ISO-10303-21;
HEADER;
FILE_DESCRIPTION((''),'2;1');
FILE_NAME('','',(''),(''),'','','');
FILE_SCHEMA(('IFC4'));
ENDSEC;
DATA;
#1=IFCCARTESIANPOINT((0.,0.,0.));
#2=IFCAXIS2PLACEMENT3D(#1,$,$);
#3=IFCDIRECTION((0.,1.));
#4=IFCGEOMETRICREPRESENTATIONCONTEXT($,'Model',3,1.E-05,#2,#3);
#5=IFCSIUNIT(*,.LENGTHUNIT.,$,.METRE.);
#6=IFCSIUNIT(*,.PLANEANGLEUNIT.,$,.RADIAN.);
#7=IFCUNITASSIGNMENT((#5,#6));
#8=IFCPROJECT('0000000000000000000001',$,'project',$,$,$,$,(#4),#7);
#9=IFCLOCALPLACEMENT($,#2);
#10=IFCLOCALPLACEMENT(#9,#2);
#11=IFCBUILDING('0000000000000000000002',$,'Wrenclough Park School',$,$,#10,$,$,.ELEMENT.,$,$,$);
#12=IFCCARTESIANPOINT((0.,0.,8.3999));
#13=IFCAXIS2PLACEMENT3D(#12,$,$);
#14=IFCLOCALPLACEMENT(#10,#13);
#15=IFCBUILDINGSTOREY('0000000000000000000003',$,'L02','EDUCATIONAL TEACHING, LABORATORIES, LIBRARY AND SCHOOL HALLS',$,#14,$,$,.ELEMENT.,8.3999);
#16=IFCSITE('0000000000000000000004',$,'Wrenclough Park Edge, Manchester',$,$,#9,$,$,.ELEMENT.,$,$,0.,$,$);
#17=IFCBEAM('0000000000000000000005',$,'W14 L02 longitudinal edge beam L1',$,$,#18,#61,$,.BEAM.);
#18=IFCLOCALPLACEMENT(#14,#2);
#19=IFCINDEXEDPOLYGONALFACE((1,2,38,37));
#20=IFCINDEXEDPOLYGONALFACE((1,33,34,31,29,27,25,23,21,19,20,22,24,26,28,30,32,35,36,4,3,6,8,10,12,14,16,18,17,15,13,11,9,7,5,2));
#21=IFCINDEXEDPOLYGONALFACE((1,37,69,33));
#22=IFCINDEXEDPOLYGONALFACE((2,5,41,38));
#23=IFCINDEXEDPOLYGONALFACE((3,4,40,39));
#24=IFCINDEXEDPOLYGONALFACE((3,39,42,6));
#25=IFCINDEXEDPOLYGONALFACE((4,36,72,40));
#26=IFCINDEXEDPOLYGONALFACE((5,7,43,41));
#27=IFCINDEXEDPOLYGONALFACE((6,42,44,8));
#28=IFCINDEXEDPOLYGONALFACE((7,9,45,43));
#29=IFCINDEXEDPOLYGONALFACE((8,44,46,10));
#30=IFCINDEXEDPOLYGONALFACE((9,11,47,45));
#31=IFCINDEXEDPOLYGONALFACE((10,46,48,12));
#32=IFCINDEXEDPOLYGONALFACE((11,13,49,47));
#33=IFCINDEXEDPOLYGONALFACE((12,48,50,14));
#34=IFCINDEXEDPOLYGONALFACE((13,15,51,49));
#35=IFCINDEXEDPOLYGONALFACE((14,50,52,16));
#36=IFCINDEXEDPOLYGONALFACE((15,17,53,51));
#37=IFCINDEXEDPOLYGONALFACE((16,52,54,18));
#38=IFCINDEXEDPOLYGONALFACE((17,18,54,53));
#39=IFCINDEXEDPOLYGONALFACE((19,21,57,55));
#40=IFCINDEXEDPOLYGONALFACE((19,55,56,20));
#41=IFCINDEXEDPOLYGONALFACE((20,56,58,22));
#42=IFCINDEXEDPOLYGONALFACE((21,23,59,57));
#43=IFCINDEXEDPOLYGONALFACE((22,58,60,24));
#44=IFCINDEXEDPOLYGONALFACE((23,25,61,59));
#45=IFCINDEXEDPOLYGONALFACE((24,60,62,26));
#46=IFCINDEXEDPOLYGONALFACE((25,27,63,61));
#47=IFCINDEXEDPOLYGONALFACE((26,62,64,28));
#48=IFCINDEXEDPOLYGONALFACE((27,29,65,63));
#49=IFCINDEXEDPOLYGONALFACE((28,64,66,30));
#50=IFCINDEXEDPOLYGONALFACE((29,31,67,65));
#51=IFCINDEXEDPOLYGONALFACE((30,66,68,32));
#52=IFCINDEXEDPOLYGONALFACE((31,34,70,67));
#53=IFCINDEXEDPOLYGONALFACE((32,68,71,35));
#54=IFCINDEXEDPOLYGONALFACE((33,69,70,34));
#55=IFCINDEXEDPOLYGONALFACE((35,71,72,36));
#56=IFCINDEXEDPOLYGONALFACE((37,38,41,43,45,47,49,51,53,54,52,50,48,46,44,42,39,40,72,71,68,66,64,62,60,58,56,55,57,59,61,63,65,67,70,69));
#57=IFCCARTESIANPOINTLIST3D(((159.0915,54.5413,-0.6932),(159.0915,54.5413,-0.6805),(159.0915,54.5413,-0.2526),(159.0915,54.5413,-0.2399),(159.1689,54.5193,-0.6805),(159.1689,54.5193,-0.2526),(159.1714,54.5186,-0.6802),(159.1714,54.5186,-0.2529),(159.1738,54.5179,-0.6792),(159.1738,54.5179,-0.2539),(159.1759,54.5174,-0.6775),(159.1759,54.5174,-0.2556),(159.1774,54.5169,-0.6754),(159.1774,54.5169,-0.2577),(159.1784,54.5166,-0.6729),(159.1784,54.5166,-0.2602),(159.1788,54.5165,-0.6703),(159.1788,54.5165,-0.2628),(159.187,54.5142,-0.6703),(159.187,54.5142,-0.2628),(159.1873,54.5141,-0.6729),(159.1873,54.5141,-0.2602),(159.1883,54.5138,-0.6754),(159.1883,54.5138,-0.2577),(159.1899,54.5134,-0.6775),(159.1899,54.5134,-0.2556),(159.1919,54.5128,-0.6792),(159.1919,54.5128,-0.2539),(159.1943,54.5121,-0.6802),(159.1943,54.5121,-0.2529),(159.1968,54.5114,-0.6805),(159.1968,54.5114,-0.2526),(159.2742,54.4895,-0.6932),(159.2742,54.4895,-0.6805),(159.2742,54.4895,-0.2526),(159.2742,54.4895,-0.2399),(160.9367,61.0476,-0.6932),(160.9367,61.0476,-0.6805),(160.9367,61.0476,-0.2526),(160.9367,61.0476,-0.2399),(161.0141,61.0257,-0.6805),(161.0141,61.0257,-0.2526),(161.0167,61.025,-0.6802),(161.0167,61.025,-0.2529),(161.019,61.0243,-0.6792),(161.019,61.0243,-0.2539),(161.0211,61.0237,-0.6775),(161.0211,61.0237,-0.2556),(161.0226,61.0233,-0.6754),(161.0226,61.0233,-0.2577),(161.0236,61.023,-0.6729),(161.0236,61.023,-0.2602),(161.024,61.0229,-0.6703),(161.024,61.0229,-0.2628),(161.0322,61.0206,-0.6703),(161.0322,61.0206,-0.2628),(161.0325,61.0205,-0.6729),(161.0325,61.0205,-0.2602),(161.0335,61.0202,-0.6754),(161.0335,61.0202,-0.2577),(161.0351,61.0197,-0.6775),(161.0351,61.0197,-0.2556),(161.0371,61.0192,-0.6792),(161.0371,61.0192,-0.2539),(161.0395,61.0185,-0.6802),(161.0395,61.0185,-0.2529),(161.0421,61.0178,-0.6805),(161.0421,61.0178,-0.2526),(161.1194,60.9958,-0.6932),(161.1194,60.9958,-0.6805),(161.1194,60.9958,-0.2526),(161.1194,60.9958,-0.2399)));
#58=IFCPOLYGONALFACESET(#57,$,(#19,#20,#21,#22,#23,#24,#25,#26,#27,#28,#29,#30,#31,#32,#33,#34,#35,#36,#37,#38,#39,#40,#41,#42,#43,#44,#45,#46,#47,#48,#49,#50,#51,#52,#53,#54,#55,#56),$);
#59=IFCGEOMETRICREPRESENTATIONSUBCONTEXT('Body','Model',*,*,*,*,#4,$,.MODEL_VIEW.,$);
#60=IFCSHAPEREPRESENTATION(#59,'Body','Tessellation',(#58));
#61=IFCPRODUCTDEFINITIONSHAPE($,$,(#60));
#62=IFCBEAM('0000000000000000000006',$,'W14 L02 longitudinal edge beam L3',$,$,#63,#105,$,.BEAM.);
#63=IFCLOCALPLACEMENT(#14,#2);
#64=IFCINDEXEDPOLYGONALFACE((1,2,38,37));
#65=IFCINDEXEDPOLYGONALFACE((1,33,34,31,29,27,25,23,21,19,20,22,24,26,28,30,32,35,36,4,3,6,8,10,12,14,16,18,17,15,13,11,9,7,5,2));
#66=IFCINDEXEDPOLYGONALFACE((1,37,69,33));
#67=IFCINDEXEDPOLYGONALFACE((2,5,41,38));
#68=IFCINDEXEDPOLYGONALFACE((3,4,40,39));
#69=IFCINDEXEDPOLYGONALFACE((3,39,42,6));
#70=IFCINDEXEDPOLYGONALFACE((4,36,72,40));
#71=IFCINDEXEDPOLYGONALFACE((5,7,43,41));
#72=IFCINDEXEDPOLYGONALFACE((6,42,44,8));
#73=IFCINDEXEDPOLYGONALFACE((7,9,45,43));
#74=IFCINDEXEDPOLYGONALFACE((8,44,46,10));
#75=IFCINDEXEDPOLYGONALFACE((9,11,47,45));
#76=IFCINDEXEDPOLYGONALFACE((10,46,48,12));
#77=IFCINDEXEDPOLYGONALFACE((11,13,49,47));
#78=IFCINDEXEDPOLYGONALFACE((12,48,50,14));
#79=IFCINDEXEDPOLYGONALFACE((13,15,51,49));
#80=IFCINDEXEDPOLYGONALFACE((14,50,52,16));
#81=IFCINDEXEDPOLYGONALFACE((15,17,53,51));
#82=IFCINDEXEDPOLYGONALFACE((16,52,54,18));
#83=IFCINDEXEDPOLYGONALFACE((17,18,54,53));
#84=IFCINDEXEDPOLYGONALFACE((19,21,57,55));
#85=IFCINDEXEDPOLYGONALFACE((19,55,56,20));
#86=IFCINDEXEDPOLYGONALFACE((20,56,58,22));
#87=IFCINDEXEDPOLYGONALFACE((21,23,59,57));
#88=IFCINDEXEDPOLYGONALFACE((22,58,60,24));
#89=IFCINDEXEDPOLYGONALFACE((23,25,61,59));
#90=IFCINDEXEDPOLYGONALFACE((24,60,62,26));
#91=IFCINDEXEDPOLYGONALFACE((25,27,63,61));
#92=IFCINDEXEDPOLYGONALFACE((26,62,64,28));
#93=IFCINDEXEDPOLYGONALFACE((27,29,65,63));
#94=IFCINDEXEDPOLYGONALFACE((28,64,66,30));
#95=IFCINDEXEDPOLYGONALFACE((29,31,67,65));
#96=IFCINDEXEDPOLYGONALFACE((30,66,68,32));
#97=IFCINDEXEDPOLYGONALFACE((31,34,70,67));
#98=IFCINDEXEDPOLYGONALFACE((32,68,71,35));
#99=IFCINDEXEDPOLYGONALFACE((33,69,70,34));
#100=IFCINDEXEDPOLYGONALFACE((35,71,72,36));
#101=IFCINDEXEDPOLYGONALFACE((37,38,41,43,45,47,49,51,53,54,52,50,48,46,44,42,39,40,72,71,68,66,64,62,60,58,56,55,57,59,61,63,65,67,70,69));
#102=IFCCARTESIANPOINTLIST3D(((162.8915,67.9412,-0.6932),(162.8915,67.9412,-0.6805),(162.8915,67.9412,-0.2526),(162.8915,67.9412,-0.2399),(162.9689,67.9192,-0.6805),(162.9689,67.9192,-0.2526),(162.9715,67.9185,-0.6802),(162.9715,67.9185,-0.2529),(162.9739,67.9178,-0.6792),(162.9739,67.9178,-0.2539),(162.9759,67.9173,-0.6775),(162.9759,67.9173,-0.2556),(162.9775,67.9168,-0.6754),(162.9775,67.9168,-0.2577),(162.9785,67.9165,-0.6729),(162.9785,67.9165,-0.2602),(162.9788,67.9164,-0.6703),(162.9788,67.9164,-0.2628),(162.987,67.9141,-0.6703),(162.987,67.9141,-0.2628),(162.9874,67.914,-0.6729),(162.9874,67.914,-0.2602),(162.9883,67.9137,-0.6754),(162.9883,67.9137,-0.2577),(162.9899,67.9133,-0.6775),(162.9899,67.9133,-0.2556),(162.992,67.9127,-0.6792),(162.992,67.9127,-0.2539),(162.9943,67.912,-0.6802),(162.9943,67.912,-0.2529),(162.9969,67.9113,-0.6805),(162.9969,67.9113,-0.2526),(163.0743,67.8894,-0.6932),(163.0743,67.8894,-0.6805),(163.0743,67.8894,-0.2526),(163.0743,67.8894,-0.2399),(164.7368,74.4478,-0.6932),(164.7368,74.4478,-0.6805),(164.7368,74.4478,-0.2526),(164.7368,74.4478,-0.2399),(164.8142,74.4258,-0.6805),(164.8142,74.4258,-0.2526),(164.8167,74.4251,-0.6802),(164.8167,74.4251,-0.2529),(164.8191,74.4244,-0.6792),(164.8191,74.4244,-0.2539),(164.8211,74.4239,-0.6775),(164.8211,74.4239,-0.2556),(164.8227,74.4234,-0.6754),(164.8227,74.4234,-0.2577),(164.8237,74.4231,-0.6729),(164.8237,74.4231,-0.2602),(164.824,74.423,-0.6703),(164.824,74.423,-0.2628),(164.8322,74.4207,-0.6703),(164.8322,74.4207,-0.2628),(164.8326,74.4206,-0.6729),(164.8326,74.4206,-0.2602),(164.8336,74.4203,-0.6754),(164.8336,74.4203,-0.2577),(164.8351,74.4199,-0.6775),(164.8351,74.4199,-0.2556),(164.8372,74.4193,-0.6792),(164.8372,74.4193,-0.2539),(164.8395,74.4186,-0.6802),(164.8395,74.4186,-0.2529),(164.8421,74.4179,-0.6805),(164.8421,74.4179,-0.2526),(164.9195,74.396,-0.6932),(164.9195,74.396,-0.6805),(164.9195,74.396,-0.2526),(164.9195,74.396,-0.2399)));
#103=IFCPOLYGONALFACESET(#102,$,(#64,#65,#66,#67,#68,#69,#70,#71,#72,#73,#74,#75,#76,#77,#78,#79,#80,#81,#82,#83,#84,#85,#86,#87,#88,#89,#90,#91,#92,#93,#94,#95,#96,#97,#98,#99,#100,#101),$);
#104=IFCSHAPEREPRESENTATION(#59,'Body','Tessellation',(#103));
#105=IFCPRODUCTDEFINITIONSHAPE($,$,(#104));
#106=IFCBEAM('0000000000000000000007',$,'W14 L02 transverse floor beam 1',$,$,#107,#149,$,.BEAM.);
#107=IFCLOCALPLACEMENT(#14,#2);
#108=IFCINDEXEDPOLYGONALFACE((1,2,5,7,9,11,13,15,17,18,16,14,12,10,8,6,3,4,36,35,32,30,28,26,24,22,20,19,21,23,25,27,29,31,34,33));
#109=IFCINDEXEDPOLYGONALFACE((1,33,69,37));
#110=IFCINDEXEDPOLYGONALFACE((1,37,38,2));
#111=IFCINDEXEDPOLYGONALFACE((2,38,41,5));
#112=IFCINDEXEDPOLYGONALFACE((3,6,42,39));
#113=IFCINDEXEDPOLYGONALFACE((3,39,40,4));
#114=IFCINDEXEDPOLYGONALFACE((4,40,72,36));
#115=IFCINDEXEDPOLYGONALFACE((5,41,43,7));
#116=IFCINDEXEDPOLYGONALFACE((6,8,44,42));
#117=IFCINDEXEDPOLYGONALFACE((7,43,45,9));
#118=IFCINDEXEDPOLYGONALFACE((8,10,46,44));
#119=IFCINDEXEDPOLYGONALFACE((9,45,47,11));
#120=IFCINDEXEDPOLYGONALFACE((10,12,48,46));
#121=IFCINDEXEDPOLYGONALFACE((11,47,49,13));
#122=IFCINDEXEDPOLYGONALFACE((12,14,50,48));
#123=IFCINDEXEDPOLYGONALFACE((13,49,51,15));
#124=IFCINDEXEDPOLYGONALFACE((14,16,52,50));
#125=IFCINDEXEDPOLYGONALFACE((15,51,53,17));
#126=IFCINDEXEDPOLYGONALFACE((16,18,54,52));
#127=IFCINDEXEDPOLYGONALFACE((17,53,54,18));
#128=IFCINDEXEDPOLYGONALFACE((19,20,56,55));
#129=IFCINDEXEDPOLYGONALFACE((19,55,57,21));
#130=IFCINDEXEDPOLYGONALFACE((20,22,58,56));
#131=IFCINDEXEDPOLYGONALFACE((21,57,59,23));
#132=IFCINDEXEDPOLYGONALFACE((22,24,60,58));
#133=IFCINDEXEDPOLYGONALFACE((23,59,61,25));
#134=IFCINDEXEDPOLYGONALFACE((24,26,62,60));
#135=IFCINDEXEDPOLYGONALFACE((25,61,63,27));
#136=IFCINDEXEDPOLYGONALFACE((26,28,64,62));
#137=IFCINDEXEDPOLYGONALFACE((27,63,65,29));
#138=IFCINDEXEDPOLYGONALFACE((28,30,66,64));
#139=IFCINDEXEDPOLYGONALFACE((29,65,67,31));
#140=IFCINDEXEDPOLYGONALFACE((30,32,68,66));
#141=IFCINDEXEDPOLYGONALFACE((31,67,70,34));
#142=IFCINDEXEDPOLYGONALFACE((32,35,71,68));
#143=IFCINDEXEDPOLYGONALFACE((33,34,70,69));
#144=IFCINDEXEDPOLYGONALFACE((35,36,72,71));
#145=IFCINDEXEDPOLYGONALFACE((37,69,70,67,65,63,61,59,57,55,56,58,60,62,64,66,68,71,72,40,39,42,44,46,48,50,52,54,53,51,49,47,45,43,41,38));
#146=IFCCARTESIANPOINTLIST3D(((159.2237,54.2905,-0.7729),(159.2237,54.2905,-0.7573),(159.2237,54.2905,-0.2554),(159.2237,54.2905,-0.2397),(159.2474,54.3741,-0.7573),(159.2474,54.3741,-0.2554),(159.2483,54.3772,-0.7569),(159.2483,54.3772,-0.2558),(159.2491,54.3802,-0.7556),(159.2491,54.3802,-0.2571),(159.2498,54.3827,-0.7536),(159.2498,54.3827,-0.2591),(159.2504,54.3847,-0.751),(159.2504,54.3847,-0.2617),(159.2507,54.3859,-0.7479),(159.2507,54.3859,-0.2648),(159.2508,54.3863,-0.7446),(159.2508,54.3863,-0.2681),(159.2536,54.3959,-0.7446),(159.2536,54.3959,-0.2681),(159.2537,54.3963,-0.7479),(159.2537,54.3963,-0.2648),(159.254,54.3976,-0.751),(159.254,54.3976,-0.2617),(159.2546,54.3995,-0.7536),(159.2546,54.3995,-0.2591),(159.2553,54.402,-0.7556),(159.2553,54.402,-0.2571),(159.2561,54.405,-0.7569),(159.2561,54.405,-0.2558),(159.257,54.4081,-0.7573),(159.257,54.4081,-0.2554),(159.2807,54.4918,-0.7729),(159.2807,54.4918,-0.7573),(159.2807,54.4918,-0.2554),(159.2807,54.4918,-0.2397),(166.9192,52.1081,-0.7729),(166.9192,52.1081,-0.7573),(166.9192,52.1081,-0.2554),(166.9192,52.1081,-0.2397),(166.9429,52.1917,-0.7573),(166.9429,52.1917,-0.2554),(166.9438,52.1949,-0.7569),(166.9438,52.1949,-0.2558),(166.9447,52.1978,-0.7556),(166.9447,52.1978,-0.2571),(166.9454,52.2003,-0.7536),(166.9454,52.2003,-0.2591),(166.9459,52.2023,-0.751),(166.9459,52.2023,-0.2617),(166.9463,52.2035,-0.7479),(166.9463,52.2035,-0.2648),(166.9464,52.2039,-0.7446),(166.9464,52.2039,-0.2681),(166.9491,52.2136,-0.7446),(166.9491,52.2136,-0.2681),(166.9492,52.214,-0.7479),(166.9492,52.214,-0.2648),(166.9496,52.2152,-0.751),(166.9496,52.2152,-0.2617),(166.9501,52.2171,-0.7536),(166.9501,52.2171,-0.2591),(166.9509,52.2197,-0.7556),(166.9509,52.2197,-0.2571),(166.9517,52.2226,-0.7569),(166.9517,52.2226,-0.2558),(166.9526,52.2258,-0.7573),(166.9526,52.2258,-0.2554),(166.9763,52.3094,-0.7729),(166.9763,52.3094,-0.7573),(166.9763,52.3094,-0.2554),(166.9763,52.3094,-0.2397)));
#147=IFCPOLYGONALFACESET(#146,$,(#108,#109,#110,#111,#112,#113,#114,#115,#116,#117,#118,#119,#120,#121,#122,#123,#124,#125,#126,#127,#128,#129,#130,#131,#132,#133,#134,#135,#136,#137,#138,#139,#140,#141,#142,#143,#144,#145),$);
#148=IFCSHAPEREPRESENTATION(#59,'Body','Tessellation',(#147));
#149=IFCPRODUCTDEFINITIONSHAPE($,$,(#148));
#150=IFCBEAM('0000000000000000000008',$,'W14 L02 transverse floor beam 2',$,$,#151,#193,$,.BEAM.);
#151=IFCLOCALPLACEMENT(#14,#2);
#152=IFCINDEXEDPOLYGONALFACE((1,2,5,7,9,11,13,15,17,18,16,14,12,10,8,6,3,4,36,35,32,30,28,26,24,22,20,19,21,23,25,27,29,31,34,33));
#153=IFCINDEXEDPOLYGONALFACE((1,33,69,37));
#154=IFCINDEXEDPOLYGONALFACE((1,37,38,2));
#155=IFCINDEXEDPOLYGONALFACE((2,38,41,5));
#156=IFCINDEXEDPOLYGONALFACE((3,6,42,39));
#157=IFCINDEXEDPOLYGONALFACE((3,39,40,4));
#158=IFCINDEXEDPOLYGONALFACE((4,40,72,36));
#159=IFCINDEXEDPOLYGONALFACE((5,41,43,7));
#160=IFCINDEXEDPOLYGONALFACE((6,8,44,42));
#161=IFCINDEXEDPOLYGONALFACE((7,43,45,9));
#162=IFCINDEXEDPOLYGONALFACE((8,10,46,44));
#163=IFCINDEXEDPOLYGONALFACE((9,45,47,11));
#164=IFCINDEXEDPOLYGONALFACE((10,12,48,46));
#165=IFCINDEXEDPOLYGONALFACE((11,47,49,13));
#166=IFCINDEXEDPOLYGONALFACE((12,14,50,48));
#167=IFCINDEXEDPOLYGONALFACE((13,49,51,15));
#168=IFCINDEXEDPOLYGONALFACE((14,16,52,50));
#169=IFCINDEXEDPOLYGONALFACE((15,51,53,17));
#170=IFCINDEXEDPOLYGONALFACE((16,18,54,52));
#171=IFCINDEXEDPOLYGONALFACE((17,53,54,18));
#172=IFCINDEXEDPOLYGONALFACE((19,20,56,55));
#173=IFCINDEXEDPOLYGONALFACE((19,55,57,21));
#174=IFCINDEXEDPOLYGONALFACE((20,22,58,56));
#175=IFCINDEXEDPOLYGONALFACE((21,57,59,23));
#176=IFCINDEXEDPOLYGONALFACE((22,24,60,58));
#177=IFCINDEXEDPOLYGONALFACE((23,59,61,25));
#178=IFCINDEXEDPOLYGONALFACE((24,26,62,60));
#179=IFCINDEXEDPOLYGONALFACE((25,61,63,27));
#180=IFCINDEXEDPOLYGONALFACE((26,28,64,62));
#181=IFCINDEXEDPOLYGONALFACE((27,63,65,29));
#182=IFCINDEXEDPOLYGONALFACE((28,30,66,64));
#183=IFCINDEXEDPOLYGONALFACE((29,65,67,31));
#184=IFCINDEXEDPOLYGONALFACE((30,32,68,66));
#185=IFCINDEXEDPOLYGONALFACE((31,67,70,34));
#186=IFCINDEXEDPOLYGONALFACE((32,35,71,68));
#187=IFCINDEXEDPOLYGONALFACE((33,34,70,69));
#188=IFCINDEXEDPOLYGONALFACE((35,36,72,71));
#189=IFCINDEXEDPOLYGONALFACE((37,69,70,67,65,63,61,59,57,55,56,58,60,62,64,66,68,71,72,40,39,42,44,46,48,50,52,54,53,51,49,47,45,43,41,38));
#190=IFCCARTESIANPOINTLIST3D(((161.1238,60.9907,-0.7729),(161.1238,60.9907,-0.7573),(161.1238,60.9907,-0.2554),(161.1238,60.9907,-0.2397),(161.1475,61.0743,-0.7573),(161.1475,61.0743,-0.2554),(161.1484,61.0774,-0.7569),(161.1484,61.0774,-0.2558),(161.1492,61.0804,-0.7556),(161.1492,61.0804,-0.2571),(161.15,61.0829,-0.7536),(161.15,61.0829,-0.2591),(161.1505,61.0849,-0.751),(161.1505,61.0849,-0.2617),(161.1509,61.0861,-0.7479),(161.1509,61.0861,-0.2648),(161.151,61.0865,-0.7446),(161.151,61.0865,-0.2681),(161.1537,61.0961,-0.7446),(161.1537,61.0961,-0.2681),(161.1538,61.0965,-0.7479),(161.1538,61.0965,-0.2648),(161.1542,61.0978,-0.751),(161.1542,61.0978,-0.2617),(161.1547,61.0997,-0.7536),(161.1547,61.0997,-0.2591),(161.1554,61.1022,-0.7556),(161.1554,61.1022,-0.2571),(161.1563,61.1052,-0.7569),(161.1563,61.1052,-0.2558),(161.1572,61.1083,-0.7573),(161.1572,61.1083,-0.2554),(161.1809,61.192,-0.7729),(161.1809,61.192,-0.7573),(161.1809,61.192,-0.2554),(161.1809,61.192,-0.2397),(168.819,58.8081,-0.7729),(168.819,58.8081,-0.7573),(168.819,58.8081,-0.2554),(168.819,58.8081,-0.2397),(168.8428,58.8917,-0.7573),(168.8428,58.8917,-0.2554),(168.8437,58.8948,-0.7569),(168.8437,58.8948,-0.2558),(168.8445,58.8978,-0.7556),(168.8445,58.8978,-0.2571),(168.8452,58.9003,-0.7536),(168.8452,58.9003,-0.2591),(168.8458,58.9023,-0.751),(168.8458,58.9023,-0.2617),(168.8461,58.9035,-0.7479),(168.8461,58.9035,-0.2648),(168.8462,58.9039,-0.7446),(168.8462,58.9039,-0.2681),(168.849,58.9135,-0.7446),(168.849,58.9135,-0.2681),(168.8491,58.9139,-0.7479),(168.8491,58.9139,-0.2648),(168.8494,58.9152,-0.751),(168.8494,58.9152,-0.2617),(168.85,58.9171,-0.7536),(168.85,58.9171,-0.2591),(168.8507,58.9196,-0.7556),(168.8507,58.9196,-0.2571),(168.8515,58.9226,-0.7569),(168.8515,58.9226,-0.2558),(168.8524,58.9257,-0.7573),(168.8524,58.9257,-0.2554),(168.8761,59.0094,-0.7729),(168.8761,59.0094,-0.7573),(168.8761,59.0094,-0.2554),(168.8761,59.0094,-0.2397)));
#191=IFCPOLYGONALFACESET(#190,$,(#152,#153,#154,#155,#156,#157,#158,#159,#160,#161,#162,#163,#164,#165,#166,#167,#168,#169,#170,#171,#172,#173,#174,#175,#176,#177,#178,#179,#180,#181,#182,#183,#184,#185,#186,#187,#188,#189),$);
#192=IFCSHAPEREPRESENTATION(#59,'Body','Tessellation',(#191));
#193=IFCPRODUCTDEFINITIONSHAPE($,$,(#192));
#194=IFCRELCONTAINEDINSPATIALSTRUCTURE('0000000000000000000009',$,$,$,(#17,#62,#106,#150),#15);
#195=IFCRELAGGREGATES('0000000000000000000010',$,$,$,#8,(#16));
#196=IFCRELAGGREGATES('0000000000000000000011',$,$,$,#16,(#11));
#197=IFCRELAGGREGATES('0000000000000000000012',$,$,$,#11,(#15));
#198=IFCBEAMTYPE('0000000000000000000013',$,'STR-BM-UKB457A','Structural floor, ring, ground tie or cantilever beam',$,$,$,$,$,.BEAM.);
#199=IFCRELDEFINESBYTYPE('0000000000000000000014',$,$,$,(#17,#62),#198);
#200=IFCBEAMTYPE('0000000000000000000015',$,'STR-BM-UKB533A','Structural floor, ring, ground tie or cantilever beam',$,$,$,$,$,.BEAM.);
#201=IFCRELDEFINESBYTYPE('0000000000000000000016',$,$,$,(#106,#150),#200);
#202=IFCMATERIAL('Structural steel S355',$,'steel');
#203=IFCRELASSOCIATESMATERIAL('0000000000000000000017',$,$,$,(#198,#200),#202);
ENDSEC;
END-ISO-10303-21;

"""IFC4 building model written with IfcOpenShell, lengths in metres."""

from ifc_helpers import new_model, si_unit, direction, frame, origin, origin_2d, place, context, subcontext, project, spatial, i_section, extrude, material, material_profile, profile_set, type_object, element, save


model = new_model("IFC4")

# Units and contexts
model_context = context("Model", 3, precision=1e-05, world=origin(), true_north=direction((0.0, 1.0)))
body_context = subcontext(model_context, "Body", "Model", "MODEL_VIEW")
ifc_project = project(units=[si_unit("LENGTHUNIT", "METRE"), si_unit("PLANEANGLEUNIT", "RADIAN")], contexts=[model_context])

# Site, building, storey
site_placement = place(None, origin())
site = spatial("IfcSite", under=ifc_project, at=site_placement, Name="Wrenclough Park Edge, Manchester", CompositionType="ELEMENT", RefElevation=0.0)
building_placement = place(site_placement, origin())
building = spatial("IfcBuilding", under=site, at=building_placement, Name="Wrenclough Park School", CompositionType="ELEMENT")
storey_placement = place(building_placement, frame((0.0, 0.0, 8.3999)))
storey = spatial("IfcBuildingStorey", under=building, at=storey_placement, Name="L02", Description="EDUCATIONAL TEACHING, LABORATORIES, LIBRARY AND SCHOOL HALLS", CompositionType="ELEMENT", Elevation=8.3999)

# Shared definitions
ifc_material_1 = material(Name="Structural steel S355", Category="steel")

# Beams
ifc_material_profile_1 = material_profile(ifc_material_1, i_section(OverallWidth=0.1899, OverallDepth=0.4534, WebThickness=0.0085, FlangeThickness=0.0127, FilletRadius=0.0103, at=origin_2d()), Name="UKB 457x191x67")
ifc_profile_set_1 = profile_set([ifc_material_profile_1], Name="Structural steel S355")
beam_type_1 = type_object("IfcBeamType", Name="STR-BM-UKB457A", Description="Structural floor, ring, ground tie or cantilever beam", PredefinedType="BEAM", material=ifc_profile_set_1)
beam_1_placement = place(storey_placement, frame((159.1829, 54.5154, -0.4666), z_axis=(0.272842, 0.962059, 0.0), x_axis=(-0.962059, 0.272842, 0.0)))
element("IfcBeam", 1, at=beam_1_placement, inside=storey, type_object=beam_type_1, Name="W14 L02 longitudinal edge beam L1", PredefinedType="BEAM", context=body_context, shape_type="SweptSolid", body=[
    extrude(i_section(OverallWidth=0.1899, OverallDepth=0.4534, WebThickness=0.0085, FlangeThickness=0.0127, FilletRadius=0.0103, at=origin_2d()), origin(), (0.0, 0.0, 1.0), 6.7629),
])
beam_2_placement = place(storey_placement, frame((162.9829, 67.9153, -0.4666), z_axis=(0.272833, 0.962062, 0.0), x_axis=(-0.962062, 0.272833, 0.0)))
element("IfcBeam", 2, at=beam_2_placement, inside=storey, type_object=beam_type_1, Name="W14 L02 longitudinal edge beam L3", PredefinedType="BEAM", context=body_context, shape_type="SweptSolid", body=[
    extrude(i_section(OverallWidth=0.1899, OverallDepth=0.4534, WebThickness=0.0085, FlangeThickness=0.0127, FilletRadius=0.0103, at=origin_2d()), origin(), (0.0, 0.0, 1.0), 6.7632),
])
ifc_material_profile_2 = material_profile(ifc_material_1, i_section(OverallWidth=0.2092, OverallDepth=0.5332, WebThickness=0.01, FlangeThickness=0.0156, FilletRadius=0.0127, at=origin_2d()), Name="UKB 533x210x92")
ifc_profile_set_2 = profile_set([ifc_material_profile_2], Name="Structural steel S355")
beam_type_2 = type_object("IfcBeamType", Name="STR-BM-UKB533A", Description="Structural floor, ring, ground tie or cantilever beam", PredefinedType="BEAM", material=ifc_profile_set_2)
beam_3_placement = place(storey_placement, frame((159.2522, 54.3911, -0.5063), z_axis=(0.962062, -0.27283, 0.0), x_axis=(0.27283, 0.962062, 0.0)))
element("IfcBeam", 3, at=beam_3_placement, inside=storey, type_object=beam_type_2, Name="W14 L02 transverse floor beam 1", PredefinedType="BEAM", context=body_context, shape_type="SweptSolid", body=[
    extrude(i_section(OverallWidth=0.2092, OverallDepth=0.5332, WebThickness=0.01, FlangeThickness=0.0156, FilletRadius=0.0127, at=origin_2d()), origin(), (0.0, 0.0, 1.0), 7.999),
])
beam_4_placement = place(storey_placement, frame((161.1523, 61.0913, -0.5063), z_axis=(0.962052, -0.272866, 0.0), x_axis=(0.272866, 0.962052, 0.0)))
element("IfcBeam", 4, at=beam_4_placement, inside=storey, type_object=beam_type_2, Name="W14 L02 transverse floor beam 2", PredefinedType="BEAM", context=body_context, shape_type="SweptSolid", body=[
    extrude(i_section(OverallWidth=0.2092, OverallDepth=0.5332, WebThickness=0.01, FlangeThickness=0.0156, FilletRadius=0.0127, at=origin_2d()), origin(), (0.0, 0.0, 1.0), 7.9988),
])

save(model, "model.ifc")
